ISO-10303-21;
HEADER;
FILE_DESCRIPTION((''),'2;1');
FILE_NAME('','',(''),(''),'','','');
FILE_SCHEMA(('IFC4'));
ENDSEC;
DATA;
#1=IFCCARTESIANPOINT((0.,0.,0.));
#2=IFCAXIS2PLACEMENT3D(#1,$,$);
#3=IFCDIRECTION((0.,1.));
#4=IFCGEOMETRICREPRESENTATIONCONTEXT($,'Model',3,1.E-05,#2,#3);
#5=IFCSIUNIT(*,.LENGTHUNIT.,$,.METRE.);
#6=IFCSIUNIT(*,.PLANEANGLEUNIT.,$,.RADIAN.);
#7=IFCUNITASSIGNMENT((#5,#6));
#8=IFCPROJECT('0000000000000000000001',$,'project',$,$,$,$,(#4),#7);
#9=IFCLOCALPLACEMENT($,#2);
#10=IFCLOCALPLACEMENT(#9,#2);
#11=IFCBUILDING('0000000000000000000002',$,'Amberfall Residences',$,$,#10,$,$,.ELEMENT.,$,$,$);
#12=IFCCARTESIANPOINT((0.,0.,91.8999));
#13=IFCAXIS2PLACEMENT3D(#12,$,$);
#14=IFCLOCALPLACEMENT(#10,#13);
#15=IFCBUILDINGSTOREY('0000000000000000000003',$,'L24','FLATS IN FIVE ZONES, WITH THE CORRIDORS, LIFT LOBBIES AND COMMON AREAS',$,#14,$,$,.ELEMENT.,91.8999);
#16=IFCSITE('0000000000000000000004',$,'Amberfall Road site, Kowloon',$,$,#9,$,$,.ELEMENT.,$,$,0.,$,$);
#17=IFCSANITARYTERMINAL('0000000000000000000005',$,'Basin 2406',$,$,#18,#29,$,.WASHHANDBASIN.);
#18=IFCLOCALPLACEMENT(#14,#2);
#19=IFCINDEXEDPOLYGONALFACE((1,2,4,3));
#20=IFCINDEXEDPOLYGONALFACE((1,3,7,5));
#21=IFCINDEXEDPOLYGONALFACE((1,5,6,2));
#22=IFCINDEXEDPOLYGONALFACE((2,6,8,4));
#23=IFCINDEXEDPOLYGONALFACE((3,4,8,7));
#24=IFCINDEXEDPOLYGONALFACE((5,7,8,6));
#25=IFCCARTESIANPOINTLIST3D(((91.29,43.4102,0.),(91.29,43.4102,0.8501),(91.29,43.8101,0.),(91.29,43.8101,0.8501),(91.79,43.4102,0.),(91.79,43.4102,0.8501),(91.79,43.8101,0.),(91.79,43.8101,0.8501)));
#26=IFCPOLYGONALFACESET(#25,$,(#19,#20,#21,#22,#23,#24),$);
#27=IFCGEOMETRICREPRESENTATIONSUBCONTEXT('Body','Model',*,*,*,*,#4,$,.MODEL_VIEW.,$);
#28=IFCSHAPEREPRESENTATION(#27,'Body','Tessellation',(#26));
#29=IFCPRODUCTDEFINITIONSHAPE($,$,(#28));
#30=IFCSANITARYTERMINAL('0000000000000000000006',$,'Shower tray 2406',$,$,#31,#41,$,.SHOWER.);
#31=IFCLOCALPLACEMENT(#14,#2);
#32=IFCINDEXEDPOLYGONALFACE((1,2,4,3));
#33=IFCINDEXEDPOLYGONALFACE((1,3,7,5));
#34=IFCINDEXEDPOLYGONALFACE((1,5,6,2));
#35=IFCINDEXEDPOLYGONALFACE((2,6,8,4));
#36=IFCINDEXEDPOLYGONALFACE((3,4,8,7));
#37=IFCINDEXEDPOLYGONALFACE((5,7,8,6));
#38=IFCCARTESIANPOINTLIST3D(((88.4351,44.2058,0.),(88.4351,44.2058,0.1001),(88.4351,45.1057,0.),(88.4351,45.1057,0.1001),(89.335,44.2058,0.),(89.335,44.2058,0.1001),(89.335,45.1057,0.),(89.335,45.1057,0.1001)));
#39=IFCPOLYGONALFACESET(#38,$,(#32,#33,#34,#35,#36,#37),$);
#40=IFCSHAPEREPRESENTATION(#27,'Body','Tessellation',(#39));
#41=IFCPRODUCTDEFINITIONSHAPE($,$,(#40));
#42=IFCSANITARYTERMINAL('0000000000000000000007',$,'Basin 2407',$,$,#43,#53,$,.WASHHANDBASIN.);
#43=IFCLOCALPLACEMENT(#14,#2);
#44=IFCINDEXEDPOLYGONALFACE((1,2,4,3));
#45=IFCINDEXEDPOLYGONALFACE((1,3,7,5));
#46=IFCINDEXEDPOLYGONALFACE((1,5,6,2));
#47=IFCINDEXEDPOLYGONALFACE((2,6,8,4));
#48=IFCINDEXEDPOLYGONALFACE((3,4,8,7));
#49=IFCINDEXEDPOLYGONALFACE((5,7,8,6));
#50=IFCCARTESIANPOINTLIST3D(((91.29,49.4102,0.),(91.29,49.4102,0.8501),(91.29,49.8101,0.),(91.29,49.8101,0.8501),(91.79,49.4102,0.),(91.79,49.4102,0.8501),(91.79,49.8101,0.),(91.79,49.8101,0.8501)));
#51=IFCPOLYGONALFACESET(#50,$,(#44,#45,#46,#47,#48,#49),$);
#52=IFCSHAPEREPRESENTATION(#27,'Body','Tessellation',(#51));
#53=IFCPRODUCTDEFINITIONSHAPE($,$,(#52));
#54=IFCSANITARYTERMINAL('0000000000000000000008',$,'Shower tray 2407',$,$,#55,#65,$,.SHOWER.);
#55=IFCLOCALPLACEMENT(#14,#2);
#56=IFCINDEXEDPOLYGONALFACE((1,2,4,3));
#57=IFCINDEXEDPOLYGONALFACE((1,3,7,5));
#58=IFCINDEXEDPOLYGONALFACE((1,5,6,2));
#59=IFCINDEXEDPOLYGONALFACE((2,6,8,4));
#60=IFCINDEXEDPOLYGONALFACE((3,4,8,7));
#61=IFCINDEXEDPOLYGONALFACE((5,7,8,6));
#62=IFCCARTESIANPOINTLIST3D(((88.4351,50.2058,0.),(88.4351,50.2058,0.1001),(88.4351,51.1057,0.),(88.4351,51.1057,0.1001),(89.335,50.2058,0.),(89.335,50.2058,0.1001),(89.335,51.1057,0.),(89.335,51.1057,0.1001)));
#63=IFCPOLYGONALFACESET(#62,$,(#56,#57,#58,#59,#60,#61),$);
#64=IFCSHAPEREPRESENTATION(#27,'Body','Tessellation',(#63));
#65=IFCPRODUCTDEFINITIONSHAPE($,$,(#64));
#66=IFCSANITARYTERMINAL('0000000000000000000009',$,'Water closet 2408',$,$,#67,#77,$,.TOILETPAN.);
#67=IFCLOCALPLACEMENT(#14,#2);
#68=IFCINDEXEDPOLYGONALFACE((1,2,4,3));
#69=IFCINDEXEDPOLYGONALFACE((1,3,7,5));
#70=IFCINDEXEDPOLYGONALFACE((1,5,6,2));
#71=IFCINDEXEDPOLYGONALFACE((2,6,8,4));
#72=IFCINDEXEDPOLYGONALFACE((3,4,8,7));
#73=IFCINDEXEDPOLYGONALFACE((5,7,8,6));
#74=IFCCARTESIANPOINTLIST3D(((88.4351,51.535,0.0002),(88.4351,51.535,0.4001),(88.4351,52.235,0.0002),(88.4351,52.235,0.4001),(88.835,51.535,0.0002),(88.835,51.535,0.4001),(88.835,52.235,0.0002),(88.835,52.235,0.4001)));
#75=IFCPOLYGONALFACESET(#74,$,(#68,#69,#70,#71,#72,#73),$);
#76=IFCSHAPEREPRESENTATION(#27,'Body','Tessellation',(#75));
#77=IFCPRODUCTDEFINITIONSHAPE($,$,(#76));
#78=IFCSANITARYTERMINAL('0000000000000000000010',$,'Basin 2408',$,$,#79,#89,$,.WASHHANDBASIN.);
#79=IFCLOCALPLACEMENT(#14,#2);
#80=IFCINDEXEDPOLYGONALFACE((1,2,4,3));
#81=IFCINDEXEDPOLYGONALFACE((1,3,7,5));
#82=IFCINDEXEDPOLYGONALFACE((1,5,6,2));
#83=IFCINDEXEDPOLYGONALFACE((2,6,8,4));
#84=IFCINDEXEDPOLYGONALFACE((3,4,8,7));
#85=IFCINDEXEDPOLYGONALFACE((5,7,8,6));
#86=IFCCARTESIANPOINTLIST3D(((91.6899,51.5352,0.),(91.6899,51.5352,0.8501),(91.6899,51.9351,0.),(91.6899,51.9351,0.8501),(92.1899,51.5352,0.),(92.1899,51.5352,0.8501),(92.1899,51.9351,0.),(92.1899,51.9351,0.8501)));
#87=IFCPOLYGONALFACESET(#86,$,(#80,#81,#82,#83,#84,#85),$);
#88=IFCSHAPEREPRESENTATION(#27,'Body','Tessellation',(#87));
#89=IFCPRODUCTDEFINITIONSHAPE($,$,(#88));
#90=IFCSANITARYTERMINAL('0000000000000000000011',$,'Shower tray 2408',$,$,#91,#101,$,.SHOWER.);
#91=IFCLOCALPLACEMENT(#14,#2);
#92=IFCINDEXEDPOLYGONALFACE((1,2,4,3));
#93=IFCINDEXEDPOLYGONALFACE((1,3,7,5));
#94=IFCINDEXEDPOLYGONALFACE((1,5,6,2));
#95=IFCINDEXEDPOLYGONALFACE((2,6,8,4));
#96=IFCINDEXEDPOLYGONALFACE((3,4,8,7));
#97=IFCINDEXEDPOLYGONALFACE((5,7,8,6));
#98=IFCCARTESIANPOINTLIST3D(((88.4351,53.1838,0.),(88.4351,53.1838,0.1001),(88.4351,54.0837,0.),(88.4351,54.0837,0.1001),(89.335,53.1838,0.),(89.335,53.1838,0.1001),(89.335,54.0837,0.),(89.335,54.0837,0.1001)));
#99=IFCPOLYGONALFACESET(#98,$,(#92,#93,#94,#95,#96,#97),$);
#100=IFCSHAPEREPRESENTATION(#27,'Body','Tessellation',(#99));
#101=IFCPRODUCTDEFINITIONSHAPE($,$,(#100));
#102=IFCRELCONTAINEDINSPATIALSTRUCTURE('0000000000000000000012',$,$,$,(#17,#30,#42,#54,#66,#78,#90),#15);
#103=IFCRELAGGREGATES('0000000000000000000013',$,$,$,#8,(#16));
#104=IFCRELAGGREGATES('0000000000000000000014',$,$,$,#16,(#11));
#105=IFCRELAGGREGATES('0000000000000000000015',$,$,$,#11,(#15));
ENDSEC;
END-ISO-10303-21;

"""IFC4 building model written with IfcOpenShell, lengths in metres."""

from ifc_helpers import new_model, si_unit, direction, frame, origin, origin_2d, place, context, subcontext, project, spatial, rectangle, extrude, element, save


model = new_model("IFC4")

# Units and contexts
model_context = context("Model", 3, precision=1e-05, world=origin(), true_north=direction((0.0, 1.0)))
body_context = subcontext(model_context, "Body", "Model", "MODEL_VIEW")
ifc_project = project(units=[si_unit("LENGTHUNIT", "METRE"), si_unit("PLANEANGLEUNIT", "RADIAN")], contexts=[model_context])

# Site, building, storey
site_placement = place(None, origin())
site = spatial("IfcSite", under=ifc_project, at=site_placement, Name="Amberfall Road site, Kowloon", CompositionType="ELEMENT", RefElevation=0.0)
building_placement = place(site_placement, origin())
building = spatial("IfcBuilding", under=site, at=building_placement, Name="Amberfall Residences", CompositionType="ELEMENT")
storey_placement = place(building_placement, frame((0.0, 0.0, 91.8999)))
storey = spatial("IfcBuildingStorey", under=building, at=storey_placement, Name="L24", Description="FLATS IN FIVE ZONES, WITH THE CORRIDORS, LIFT LOBBIES AND COMMON AREAS", CompositionType="ELEMENT", Elevation=91.8999)

# Sanitary terminals
sanitary_terminal_1_placement = place(storey_placement, frame((91.54, 43.6101, 0.0), z_axis=(0.0, 0.0, 1.0), x_axis=(1.0, 0.0, 0.0)))
element("IfcSanitaryTerminal", 1, at=sanitary_terminal_1_placement, inside=storey, Name="Basin 2406", PredefinedType="WASHHANDBASIN", context=body_context, shape_type="SweptSolid", body=[
    extrude(rectangle(XDim=0.5, YDim=0.3999, at=origin_2d()), origin(), (0.0, 0.0, 1.0), 0.8501),
])
sanitary_terminal_2_placement = place(storey_placement, frame((88.885, 44.6558, 0.0), z_axis=(0.0, 0.0, 1.0), x_axis=(1.0, 0.0, 0.0)))
element("IfcSanitaryTerminal", 2, at=sanitary_terminal_2_placement, inside=storey, Name="Shower tray 2406", PredefinedType="SHOWER", context=body_context, shape_type="SweptSolid", body=[
    extrude(rectangle(XDim=0.8999, YDim=0.8999, at=origin_2d()), origin(), (0.0, 0.0, 1.0), 0.1001),
])
sanitary_terminal_3_placement = place(storey_placement, frame((91.54, 49.6101, 0.0), z_axis=(0.0, 0.0, 1.0), x_axis=(1.0, 0.0, 0.0)))
element("IfcSanitaryTerminal", 3, at=sanitary_terminal_3_placement, inside=storey, Name="Basin 2407", PredefinedType="WASHHANDBASIN", context=body_context, shape_type="SweptSolid", body=[
    extrude(rectangle(XDim=0.5, YDim=0.3999, at=origin_2d()), origin(), (0.0, 0.0, 1.0), 0.8501),
])
sanitary_terminal_4_placement = place(storey_placement, frame((88.885, 50.6558, 0.0), z_axis=(0.0, 0.0, 1.0), x_axis=(1.0, 0.0, 0.0)))
element("IfcSanitaryTerminal", 4, at=sanitary_terminal_4_placement, inside=storey, Name="Shower tray 2407", PredefinedType="SHOWER", context=body_context, shape_type="SweptSolid", body=[
    extrude(rectangle(XDim=0.8999, YDim=0.8999, at=origin_2d()), origin(), (0.0, 0.0, 1.0), 0.1001),
])
sanitary_terminal_5_placement = place(storey_placement, frame((88.635, 51.885, 0.0002), z_axis=(0.0, 0.0, 1.0), x_axis=(1.0, 0.0, 0.0)))
element("IfcSanitaryTerminal", 5, at=sanitary_terminal_5_placement, inside=storey, Name="Water closet 2408", PredefinedType="TOILETPAN", context=body_context, shape_type="SweptSolid", body=[
    extrude(rectangle(XDim=0.3999, YDim=0.7, at=origin_2d()), origin(), (0.0, 0.0, 1.0), 0.3999),
])
sanitary_terminal_6_placement = place(storey_placement, frame((91.9399, 51.7351, 0.0), z_axis=(0.0, 0.0, 1.0), x_axis=(1.0, 0.0, 0.0)))
element("IfcSanitaryTerminal", 6, at=sanitary_terminal_6_placement, inside=storey, Name="Basin 2408", PredefinedType="WASHHANDBASIN", context=body_context, shape_type="SweptSolid", body=[
    extrude(rectangle(XDim=0.5, YDim=0.3999, at=origin_2d()), origin(), (0.0, 0.0, 1.0), 0.8501),
])
sanitary_terminal_7_placement = place(storey_placement, frame((88.885, 53.6338, 0.0), z_axis=(0.0, 0.0, 1.0), x_axis=(1.0, 0.0, 0.0)))
element("IfcSanitaryTerminal", 7, at=sanitary_terminal_7_placement, inside=storey, Name="Shower tray 2408", PredefinedType="SHOWER", context=body_context, shape_type="SweptSolid", body=[
    extrude(rectangle(XDim=0.8999, YDim=0.8999, at=origin_2d()), origin(), (0.0, 0.0, 1.0), 0.1001),
])

save(model, "model.ifc")
